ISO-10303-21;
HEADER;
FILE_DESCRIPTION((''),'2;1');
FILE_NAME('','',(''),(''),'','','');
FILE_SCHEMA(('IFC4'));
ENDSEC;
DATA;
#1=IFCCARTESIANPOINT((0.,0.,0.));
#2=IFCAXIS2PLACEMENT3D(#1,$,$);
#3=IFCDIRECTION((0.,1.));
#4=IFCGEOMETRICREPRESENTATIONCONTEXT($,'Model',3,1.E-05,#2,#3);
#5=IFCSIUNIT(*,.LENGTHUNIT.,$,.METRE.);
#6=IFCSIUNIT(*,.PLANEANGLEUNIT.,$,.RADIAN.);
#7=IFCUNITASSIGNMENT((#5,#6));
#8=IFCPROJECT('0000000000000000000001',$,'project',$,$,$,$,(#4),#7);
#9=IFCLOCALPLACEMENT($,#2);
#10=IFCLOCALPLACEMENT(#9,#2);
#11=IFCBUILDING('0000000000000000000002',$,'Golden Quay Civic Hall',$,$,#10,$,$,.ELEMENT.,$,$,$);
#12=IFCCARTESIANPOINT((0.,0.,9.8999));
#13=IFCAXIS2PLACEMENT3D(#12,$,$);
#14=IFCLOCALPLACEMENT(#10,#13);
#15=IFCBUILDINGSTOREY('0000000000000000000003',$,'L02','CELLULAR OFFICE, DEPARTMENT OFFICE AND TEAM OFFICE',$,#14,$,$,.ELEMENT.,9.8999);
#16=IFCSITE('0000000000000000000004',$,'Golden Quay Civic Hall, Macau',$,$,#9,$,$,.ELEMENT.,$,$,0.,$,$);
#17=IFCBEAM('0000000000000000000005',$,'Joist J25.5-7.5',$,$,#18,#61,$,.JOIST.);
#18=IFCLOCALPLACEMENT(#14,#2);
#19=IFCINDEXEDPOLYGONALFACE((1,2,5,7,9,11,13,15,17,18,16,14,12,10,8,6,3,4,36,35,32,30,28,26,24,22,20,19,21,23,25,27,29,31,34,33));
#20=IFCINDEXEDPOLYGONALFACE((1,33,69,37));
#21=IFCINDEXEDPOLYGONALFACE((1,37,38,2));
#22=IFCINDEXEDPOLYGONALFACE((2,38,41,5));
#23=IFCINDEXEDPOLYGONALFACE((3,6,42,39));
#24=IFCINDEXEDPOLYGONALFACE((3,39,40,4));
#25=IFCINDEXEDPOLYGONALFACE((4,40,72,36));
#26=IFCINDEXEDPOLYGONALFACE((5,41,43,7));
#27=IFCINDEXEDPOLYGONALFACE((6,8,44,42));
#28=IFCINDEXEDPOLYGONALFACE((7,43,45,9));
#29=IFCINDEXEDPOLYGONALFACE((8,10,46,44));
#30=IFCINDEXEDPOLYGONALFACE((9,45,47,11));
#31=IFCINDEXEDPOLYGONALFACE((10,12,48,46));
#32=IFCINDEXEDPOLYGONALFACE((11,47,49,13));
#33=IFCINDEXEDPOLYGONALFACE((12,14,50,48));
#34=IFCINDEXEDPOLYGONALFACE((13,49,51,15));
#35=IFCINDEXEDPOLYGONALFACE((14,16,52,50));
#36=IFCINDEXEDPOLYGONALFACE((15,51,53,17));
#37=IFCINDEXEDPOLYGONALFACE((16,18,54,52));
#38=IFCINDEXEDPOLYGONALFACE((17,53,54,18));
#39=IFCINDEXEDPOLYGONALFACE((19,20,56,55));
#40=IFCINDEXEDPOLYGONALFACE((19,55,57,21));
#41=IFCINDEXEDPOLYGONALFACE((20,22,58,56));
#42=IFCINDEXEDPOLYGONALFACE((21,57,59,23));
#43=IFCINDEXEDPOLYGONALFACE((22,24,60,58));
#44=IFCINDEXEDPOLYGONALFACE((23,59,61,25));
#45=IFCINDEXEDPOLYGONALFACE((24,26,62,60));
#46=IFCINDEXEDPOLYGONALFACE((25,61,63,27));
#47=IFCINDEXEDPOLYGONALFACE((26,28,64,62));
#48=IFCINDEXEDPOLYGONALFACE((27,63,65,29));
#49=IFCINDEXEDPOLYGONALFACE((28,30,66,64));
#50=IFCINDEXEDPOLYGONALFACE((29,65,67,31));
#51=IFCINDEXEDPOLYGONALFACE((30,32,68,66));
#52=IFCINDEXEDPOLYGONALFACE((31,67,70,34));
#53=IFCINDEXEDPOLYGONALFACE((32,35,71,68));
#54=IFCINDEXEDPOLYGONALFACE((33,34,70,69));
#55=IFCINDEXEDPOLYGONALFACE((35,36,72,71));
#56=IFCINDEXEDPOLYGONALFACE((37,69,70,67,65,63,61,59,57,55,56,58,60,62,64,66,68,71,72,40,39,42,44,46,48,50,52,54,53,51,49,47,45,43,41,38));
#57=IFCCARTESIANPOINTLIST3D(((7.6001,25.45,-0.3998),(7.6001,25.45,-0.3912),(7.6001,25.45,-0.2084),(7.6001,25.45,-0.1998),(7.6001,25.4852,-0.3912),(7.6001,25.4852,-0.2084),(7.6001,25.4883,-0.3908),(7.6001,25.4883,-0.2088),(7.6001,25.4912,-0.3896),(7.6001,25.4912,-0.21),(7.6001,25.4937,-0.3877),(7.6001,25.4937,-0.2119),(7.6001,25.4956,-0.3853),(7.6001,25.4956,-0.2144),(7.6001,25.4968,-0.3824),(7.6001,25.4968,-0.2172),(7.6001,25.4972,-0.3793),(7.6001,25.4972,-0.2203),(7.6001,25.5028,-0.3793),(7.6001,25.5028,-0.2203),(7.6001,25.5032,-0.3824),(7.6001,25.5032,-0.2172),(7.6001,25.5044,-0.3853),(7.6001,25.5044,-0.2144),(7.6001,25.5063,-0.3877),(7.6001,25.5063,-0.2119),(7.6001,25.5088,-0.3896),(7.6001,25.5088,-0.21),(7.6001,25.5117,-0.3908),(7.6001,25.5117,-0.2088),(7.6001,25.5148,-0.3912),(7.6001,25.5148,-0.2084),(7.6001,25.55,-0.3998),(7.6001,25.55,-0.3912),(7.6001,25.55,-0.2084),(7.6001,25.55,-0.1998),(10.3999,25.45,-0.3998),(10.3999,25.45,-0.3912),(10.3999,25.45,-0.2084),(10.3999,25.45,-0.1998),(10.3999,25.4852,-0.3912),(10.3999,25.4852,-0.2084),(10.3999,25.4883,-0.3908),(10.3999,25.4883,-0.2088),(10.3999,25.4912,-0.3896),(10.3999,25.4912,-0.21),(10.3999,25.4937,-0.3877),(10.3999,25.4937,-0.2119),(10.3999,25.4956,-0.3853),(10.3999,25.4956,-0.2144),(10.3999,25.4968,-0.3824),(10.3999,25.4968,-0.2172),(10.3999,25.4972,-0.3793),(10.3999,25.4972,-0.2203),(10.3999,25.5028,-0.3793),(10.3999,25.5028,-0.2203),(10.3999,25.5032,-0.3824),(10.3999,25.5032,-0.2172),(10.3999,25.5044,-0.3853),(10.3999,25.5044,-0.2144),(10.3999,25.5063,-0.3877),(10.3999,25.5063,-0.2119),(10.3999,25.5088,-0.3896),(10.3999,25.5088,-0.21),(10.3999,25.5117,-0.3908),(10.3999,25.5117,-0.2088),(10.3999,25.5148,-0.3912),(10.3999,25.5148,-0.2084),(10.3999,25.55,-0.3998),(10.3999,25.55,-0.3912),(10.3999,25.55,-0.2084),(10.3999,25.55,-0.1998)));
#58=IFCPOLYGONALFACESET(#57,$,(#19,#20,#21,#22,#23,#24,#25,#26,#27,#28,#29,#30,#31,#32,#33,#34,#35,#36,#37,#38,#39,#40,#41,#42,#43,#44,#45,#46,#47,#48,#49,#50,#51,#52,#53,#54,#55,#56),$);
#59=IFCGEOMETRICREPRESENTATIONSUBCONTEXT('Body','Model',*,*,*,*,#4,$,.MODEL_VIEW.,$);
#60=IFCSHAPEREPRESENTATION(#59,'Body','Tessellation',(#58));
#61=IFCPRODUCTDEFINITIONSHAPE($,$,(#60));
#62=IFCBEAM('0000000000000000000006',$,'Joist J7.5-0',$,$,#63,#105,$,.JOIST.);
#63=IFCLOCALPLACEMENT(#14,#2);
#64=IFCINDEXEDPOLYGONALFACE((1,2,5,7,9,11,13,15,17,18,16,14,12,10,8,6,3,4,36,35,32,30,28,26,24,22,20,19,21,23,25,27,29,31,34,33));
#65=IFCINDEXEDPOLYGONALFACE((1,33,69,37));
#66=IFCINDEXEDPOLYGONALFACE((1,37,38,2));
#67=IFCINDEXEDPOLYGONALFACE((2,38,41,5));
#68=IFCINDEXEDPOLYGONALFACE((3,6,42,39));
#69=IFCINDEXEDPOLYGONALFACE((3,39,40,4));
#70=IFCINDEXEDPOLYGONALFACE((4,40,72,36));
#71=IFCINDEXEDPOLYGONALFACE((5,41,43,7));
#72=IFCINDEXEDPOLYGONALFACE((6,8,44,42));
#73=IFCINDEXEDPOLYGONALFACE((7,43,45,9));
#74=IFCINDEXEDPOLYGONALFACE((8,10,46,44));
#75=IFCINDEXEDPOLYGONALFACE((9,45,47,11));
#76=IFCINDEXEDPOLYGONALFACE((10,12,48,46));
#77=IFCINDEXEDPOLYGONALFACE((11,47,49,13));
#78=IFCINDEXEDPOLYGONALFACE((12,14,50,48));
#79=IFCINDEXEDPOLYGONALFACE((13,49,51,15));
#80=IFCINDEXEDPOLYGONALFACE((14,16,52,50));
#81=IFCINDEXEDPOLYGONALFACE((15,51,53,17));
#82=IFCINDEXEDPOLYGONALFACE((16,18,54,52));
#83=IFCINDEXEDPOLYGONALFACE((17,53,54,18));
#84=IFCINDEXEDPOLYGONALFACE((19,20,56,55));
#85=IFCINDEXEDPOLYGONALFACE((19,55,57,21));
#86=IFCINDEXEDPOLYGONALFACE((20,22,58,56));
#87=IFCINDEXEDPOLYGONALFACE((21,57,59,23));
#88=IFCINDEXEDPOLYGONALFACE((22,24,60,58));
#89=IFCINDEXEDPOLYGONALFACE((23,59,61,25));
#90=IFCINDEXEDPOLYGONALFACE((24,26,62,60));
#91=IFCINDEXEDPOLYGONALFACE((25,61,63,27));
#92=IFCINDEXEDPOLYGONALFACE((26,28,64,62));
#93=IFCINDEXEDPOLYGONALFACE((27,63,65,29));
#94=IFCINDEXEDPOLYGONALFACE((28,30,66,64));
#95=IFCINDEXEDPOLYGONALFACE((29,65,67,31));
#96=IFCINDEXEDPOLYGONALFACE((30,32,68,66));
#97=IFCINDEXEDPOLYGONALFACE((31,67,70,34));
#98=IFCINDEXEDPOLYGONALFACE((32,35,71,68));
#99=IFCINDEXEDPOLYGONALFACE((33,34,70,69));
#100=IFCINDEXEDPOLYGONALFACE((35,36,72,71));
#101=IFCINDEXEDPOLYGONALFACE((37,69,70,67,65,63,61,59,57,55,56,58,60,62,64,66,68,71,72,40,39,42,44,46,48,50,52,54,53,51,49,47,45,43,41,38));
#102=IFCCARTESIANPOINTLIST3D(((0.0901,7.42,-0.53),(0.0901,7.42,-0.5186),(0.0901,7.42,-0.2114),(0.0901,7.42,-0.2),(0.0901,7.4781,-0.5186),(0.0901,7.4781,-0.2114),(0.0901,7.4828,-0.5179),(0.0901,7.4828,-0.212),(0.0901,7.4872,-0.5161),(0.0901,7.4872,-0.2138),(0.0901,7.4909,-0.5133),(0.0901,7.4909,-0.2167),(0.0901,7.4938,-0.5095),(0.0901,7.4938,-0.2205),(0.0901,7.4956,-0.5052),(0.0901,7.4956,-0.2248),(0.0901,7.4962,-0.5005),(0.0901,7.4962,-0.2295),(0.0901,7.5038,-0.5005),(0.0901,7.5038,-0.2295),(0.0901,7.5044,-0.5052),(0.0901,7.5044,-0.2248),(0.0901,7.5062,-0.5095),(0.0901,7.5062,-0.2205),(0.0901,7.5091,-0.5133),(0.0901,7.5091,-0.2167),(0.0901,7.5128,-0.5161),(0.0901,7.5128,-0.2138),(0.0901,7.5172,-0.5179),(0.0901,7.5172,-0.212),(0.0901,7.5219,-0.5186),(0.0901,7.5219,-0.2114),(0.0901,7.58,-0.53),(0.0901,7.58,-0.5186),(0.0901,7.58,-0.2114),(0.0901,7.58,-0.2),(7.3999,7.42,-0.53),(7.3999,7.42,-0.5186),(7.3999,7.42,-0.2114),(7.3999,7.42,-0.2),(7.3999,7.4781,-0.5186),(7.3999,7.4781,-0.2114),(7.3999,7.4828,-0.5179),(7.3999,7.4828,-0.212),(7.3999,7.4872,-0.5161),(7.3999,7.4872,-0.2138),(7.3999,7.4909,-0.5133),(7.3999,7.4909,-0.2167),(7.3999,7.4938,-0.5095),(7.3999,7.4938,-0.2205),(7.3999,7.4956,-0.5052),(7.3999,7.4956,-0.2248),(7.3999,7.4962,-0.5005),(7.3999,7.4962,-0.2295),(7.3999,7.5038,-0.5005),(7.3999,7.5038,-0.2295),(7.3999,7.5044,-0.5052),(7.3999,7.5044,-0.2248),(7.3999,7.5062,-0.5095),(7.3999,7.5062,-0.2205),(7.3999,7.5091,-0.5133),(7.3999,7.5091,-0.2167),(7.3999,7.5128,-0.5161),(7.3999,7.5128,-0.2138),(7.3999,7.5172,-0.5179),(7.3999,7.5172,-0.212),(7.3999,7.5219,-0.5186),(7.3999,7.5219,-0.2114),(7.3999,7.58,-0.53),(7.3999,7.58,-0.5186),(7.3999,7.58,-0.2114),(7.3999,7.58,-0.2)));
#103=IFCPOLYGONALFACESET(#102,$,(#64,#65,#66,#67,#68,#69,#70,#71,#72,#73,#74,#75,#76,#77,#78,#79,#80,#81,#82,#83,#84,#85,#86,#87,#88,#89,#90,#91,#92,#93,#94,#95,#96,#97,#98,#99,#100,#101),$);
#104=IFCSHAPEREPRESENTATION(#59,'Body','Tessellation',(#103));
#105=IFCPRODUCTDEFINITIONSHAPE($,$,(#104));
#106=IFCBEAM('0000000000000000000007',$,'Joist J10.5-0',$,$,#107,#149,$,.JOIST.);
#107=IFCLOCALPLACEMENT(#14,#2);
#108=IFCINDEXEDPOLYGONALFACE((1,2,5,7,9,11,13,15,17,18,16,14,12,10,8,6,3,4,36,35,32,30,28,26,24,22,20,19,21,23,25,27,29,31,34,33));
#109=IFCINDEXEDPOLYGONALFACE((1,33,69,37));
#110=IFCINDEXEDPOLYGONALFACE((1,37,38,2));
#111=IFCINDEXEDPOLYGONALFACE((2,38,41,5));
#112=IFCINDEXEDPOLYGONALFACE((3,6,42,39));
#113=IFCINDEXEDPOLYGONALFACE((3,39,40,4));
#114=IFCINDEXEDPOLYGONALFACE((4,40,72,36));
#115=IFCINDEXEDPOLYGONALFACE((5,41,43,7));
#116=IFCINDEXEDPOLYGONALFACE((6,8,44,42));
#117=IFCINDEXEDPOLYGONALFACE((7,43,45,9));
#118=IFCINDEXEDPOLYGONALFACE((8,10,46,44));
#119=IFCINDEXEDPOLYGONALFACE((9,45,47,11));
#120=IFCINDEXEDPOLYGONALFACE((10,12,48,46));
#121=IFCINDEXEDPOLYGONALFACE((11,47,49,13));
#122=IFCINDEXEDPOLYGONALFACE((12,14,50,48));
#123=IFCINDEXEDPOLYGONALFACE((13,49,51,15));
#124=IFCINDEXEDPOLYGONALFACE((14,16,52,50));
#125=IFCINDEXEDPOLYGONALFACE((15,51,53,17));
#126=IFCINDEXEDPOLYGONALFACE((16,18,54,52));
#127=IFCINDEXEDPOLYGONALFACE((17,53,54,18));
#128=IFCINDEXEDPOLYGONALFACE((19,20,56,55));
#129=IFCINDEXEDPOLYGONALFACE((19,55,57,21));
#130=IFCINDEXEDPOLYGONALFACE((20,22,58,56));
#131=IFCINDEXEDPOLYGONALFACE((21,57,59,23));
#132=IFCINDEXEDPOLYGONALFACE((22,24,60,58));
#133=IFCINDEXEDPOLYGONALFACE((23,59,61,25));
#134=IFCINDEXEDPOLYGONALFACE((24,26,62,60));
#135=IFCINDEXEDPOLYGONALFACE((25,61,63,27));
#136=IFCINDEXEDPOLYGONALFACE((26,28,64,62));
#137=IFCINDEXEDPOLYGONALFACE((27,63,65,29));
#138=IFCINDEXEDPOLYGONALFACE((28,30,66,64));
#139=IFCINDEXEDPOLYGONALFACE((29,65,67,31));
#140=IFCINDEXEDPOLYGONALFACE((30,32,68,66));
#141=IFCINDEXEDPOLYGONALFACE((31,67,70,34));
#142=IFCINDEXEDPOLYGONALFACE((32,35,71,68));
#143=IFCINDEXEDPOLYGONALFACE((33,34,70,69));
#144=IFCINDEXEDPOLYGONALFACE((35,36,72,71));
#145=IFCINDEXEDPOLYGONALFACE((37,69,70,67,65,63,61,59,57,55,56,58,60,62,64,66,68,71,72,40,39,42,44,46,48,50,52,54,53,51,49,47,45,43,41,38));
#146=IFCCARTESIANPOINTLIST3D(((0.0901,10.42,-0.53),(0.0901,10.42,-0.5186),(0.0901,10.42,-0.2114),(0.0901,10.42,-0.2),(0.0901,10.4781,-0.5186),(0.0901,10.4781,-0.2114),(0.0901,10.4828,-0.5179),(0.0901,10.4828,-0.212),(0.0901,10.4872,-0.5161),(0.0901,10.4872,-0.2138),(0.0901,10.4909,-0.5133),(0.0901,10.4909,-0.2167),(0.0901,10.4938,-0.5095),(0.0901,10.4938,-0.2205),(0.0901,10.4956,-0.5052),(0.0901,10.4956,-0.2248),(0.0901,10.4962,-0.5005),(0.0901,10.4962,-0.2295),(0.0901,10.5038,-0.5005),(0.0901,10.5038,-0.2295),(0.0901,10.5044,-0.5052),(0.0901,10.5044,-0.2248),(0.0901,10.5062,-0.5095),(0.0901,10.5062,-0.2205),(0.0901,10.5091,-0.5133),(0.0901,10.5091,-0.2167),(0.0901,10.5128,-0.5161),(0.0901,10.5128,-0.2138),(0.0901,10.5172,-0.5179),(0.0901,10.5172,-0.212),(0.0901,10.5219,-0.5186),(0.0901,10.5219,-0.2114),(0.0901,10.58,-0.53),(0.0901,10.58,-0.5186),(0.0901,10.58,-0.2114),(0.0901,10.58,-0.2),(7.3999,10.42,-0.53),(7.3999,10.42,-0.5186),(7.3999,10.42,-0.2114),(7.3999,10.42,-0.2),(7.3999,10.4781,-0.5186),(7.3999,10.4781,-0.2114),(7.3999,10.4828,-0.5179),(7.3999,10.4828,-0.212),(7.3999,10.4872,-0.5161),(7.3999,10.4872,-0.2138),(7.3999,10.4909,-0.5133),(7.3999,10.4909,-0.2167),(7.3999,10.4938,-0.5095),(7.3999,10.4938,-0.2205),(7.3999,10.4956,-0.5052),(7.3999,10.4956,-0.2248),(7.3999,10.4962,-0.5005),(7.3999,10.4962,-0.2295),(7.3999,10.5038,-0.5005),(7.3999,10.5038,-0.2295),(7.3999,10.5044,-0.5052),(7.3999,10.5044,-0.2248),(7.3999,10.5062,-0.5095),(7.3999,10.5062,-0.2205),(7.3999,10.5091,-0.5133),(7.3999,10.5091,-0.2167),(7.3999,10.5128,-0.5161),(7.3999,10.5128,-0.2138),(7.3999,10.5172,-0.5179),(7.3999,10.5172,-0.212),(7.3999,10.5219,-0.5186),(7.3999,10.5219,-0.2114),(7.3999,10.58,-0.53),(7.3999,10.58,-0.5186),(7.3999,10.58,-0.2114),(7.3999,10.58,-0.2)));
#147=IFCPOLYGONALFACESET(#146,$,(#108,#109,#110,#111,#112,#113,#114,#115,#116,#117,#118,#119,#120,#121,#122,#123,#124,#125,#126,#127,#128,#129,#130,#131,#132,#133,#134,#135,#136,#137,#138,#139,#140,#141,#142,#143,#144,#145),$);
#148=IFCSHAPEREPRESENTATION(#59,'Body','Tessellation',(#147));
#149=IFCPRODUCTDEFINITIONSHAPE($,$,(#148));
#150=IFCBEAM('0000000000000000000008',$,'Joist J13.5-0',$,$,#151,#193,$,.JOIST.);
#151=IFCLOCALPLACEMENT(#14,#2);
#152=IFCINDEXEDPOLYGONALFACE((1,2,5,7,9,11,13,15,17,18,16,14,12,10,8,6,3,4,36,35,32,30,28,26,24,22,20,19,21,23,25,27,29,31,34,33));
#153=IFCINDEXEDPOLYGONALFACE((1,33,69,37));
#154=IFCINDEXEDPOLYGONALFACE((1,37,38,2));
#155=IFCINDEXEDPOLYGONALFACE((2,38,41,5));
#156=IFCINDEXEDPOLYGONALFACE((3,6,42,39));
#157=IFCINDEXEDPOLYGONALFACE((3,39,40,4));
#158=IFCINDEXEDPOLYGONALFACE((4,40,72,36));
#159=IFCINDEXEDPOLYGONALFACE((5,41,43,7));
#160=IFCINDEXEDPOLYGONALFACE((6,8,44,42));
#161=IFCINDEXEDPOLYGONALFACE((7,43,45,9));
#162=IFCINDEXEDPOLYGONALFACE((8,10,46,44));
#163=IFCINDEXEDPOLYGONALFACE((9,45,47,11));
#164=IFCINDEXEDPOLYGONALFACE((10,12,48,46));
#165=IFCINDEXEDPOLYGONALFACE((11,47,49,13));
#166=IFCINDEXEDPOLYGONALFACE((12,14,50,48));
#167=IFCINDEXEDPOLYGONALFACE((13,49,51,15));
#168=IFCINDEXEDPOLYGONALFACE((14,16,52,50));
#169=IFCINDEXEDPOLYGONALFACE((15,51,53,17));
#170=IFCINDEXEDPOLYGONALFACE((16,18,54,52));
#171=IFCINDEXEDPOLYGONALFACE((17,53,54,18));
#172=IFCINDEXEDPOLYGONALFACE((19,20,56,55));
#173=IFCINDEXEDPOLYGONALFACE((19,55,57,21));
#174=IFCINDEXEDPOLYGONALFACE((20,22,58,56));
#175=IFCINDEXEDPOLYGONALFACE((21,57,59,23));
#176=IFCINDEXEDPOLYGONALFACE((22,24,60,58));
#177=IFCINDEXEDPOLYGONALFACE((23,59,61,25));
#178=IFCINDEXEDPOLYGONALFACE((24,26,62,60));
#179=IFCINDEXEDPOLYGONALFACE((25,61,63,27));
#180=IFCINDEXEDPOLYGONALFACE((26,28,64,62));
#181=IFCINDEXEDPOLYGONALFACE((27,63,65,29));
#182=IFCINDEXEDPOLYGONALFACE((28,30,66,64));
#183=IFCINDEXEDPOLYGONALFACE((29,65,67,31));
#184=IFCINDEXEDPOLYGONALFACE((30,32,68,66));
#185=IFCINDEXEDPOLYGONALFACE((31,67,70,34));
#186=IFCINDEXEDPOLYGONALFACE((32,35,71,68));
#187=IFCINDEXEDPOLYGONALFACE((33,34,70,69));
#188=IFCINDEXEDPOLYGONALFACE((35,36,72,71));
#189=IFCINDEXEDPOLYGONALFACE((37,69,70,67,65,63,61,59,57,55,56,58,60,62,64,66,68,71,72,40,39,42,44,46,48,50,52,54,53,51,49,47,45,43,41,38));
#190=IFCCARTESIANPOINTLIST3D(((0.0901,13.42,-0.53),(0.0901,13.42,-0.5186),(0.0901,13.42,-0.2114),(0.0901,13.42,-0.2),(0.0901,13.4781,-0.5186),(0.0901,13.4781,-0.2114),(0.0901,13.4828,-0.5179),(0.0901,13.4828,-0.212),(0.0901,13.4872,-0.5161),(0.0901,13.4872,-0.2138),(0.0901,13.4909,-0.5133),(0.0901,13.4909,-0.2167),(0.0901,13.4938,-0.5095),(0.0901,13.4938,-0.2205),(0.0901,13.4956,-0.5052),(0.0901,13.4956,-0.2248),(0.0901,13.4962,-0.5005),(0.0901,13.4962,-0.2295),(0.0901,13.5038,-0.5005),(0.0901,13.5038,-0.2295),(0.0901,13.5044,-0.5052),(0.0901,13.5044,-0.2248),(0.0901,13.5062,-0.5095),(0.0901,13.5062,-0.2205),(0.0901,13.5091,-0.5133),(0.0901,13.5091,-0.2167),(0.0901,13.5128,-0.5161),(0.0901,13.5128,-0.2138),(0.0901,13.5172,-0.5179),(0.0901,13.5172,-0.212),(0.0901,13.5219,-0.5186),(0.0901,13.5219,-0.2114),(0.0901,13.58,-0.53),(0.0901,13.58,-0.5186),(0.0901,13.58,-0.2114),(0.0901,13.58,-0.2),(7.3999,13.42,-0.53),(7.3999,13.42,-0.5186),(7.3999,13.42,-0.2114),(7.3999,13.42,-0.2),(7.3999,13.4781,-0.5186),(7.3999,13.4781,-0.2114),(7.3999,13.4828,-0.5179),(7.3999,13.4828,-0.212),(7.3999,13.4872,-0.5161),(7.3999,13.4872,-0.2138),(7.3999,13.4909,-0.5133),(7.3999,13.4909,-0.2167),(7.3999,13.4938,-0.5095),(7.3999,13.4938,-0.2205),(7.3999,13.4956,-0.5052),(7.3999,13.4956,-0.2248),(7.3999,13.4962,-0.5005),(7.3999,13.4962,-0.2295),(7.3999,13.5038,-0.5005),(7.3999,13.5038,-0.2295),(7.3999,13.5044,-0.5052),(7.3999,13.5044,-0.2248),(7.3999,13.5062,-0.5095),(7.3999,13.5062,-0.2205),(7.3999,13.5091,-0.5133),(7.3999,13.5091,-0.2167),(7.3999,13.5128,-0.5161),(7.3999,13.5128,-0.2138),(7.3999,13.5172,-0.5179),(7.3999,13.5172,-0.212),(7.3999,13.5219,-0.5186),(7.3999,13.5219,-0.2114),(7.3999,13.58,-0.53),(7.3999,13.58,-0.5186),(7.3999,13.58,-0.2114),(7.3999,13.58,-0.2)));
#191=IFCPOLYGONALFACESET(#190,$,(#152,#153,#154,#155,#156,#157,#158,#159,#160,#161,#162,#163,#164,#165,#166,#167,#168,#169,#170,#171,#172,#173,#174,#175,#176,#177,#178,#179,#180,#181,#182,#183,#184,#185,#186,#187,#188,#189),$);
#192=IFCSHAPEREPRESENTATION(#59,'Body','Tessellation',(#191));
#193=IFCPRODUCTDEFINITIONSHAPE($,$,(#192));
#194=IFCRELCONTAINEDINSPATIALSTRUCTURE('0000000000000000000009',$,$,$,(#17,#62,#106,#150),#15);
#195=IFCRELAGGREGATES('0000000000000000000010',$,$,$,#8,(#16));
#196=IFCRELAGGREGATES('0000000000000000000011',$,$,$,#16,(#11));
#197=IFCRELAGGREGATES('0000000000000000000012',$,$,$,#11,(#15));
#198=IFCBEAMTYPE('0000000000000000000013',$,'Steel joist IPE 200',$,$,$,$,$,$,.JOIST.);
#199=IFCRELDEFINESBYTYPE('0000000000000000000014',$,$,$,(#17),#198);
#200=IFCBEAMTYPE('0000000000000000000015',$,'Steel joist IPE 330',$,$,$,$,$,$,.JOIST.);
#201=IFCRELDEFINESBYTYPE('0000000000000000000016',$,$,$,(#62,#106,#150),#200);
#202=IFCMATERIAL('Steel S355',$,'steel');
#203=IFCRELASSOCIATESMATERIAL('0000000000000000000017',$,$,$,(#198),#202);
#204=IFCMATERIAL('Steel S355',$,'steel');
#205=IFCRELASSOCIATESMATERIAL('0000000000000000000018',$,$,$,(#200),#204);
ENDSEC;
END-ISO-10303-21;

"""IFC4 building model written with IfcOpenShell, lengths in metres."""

from ifc_helpers import new_model, si_unit, direction, frame, origin, origin_2d, place, context, subcontext, project, spatial, i_section, extrude, material, material_profile, profile_set, type_object, element, save


model = new_model("IFC4")

# Units and contexts
model_context = context("Model", 3, precision=1e-05, world=origin(), true_north=direction((0.0, 1.0)))
body_context = subcontext(model_context, "Body", "Model", "MODEL_VIEW")
ifc_project = project(units=[si_unit("LENGTHUNIT", "METRE"), si_unit("PLANEANGLEUNIT", "RADIAN")], contexts=[model_context])

# Site, building, storey
site_placement = place(None, origin())
site = spatial("IfcSite", under=ifc_project, at=site_placement, Name="Golden Quay Civic Hall, Macau", CompositionType="ELEMENT", RefElevation=0.0)
building_placement = place(site_placement, origin())
building = spatial("IfcBuilding", under=site, at=building_placement, Name="Golden Quay Civic Hall", CompositionType="ELEMENT")
storey_placement = place(building_placement, frame((0.0, 0.0, 9.8999)))
storey = spatial("IfcBuildingStorey", under=building, at=storey_placement, Name="L02", Description="CELLULAR OFFICE, DEPARTMENT OFFICE AND TEAM OFFICE", CompositionType="ELEMENT", Elevation=9.8999)

# Beams
ifc_material_1 = material(Name="Steel S355", Category="steel")
ifc_material_profile_1 = material_profile(ifc_material_1, i_section(OverallWidth=0.1001, OverallDepth=0.2, WebThickness=0.0056, FlangeThickness=0.0085, FilletRadius=0.012, at=origin_2d()), Name="IPE 200")
ifc_profile_set_1 = profile_set([ifc_material_profile_1], Name="Steel S355")
beam_type_1 = type_object("IfcBeamType", Name="Steel joist IPE 200", PredefinedType="JOIST", material=ifc_profile_set_1)
for number, where, z_axis, x_axis, name in (
    (1, (7.6001, 25.5, -0.2998), (1.0, 0.0, 0.0), (0.0, 1.0, 0.0), "Joist J25.5-7.5"),
):
    element("IfcBeam", number, at=place(storey_placement, frame(where, z_axis=z_axis, x_axis=x_axis)), inside=storey, type_object=beam_type_1, Name=name, PredefinedType="JOIST", context=body_context, shape_type="SweptSolid", body=[
        extrude(i_section(OverallWidth=0.1001, OverallDepth=0.2, WebThickness=0.0056, FlangeThickness=0.0085, FilletRadius=0.012, at=origin_2d()), origin(), (0.0, 0.0, 1.0), 2.7998),
    ])
ifc_material_2 = material(Name="Steel S355", Category="steel")
ifc_material_profile_2 = material_profile(ifc_material_2, i_section(OverallWidth=0.1599, OverallDepth=0.3301, WebThickness=0.0076, FlangeThickness=0.0115, FilletRadius=0.0181, at=origin_2d()), Name="IPE 330")
ifc_profile_set_2 = profile_set([ifc_material_profile_2], Name="Steel S355")
beam_type_2 = type_object("IfcBeamType", Name="Steel joist IPE 330", PredefinedType="JOIST", material=ifc_profile_set_2)
for number, where, z_axis, x_axis, name in (
    (2, (0.0901, 7.5, -0.365), (1.0, 0.0, 0.0), (0.0, 1.0, 0.0), "Joist J7.5-0"),
    (3, (0.0901, 10.5, -0.365), (1.0, 0.0, 0.0), (0.0, 1.0, 0.0), "Joist J10.5-0"),
    (4, (0.0901, 13.5, -0.365), (1.0, 0.0, 0.0), (0.0, 1.0, 0.0), "Joist J13.5-0"),
):
    element("IfcBeam", number, at=place(storey_placement, frame(where, z_axis=z_axis, x_axis=x_axis)), inside=storey, type_object=beam_type_2, Name=name, PredefinedType="JOIST", context=body_context, shape_type="SweptSolid", body=[
        extrude(i_section(OverallWidth=0.1599, OverallDepth=0.3301, WebThickness=0.0076, FlangeThickness=0.0115, FilletRadius=0.0181, at=origin_2d()), origin(), (0.0, 0.0, 1.0), 7.3098),
    ])

save(model, "model.ifc")
